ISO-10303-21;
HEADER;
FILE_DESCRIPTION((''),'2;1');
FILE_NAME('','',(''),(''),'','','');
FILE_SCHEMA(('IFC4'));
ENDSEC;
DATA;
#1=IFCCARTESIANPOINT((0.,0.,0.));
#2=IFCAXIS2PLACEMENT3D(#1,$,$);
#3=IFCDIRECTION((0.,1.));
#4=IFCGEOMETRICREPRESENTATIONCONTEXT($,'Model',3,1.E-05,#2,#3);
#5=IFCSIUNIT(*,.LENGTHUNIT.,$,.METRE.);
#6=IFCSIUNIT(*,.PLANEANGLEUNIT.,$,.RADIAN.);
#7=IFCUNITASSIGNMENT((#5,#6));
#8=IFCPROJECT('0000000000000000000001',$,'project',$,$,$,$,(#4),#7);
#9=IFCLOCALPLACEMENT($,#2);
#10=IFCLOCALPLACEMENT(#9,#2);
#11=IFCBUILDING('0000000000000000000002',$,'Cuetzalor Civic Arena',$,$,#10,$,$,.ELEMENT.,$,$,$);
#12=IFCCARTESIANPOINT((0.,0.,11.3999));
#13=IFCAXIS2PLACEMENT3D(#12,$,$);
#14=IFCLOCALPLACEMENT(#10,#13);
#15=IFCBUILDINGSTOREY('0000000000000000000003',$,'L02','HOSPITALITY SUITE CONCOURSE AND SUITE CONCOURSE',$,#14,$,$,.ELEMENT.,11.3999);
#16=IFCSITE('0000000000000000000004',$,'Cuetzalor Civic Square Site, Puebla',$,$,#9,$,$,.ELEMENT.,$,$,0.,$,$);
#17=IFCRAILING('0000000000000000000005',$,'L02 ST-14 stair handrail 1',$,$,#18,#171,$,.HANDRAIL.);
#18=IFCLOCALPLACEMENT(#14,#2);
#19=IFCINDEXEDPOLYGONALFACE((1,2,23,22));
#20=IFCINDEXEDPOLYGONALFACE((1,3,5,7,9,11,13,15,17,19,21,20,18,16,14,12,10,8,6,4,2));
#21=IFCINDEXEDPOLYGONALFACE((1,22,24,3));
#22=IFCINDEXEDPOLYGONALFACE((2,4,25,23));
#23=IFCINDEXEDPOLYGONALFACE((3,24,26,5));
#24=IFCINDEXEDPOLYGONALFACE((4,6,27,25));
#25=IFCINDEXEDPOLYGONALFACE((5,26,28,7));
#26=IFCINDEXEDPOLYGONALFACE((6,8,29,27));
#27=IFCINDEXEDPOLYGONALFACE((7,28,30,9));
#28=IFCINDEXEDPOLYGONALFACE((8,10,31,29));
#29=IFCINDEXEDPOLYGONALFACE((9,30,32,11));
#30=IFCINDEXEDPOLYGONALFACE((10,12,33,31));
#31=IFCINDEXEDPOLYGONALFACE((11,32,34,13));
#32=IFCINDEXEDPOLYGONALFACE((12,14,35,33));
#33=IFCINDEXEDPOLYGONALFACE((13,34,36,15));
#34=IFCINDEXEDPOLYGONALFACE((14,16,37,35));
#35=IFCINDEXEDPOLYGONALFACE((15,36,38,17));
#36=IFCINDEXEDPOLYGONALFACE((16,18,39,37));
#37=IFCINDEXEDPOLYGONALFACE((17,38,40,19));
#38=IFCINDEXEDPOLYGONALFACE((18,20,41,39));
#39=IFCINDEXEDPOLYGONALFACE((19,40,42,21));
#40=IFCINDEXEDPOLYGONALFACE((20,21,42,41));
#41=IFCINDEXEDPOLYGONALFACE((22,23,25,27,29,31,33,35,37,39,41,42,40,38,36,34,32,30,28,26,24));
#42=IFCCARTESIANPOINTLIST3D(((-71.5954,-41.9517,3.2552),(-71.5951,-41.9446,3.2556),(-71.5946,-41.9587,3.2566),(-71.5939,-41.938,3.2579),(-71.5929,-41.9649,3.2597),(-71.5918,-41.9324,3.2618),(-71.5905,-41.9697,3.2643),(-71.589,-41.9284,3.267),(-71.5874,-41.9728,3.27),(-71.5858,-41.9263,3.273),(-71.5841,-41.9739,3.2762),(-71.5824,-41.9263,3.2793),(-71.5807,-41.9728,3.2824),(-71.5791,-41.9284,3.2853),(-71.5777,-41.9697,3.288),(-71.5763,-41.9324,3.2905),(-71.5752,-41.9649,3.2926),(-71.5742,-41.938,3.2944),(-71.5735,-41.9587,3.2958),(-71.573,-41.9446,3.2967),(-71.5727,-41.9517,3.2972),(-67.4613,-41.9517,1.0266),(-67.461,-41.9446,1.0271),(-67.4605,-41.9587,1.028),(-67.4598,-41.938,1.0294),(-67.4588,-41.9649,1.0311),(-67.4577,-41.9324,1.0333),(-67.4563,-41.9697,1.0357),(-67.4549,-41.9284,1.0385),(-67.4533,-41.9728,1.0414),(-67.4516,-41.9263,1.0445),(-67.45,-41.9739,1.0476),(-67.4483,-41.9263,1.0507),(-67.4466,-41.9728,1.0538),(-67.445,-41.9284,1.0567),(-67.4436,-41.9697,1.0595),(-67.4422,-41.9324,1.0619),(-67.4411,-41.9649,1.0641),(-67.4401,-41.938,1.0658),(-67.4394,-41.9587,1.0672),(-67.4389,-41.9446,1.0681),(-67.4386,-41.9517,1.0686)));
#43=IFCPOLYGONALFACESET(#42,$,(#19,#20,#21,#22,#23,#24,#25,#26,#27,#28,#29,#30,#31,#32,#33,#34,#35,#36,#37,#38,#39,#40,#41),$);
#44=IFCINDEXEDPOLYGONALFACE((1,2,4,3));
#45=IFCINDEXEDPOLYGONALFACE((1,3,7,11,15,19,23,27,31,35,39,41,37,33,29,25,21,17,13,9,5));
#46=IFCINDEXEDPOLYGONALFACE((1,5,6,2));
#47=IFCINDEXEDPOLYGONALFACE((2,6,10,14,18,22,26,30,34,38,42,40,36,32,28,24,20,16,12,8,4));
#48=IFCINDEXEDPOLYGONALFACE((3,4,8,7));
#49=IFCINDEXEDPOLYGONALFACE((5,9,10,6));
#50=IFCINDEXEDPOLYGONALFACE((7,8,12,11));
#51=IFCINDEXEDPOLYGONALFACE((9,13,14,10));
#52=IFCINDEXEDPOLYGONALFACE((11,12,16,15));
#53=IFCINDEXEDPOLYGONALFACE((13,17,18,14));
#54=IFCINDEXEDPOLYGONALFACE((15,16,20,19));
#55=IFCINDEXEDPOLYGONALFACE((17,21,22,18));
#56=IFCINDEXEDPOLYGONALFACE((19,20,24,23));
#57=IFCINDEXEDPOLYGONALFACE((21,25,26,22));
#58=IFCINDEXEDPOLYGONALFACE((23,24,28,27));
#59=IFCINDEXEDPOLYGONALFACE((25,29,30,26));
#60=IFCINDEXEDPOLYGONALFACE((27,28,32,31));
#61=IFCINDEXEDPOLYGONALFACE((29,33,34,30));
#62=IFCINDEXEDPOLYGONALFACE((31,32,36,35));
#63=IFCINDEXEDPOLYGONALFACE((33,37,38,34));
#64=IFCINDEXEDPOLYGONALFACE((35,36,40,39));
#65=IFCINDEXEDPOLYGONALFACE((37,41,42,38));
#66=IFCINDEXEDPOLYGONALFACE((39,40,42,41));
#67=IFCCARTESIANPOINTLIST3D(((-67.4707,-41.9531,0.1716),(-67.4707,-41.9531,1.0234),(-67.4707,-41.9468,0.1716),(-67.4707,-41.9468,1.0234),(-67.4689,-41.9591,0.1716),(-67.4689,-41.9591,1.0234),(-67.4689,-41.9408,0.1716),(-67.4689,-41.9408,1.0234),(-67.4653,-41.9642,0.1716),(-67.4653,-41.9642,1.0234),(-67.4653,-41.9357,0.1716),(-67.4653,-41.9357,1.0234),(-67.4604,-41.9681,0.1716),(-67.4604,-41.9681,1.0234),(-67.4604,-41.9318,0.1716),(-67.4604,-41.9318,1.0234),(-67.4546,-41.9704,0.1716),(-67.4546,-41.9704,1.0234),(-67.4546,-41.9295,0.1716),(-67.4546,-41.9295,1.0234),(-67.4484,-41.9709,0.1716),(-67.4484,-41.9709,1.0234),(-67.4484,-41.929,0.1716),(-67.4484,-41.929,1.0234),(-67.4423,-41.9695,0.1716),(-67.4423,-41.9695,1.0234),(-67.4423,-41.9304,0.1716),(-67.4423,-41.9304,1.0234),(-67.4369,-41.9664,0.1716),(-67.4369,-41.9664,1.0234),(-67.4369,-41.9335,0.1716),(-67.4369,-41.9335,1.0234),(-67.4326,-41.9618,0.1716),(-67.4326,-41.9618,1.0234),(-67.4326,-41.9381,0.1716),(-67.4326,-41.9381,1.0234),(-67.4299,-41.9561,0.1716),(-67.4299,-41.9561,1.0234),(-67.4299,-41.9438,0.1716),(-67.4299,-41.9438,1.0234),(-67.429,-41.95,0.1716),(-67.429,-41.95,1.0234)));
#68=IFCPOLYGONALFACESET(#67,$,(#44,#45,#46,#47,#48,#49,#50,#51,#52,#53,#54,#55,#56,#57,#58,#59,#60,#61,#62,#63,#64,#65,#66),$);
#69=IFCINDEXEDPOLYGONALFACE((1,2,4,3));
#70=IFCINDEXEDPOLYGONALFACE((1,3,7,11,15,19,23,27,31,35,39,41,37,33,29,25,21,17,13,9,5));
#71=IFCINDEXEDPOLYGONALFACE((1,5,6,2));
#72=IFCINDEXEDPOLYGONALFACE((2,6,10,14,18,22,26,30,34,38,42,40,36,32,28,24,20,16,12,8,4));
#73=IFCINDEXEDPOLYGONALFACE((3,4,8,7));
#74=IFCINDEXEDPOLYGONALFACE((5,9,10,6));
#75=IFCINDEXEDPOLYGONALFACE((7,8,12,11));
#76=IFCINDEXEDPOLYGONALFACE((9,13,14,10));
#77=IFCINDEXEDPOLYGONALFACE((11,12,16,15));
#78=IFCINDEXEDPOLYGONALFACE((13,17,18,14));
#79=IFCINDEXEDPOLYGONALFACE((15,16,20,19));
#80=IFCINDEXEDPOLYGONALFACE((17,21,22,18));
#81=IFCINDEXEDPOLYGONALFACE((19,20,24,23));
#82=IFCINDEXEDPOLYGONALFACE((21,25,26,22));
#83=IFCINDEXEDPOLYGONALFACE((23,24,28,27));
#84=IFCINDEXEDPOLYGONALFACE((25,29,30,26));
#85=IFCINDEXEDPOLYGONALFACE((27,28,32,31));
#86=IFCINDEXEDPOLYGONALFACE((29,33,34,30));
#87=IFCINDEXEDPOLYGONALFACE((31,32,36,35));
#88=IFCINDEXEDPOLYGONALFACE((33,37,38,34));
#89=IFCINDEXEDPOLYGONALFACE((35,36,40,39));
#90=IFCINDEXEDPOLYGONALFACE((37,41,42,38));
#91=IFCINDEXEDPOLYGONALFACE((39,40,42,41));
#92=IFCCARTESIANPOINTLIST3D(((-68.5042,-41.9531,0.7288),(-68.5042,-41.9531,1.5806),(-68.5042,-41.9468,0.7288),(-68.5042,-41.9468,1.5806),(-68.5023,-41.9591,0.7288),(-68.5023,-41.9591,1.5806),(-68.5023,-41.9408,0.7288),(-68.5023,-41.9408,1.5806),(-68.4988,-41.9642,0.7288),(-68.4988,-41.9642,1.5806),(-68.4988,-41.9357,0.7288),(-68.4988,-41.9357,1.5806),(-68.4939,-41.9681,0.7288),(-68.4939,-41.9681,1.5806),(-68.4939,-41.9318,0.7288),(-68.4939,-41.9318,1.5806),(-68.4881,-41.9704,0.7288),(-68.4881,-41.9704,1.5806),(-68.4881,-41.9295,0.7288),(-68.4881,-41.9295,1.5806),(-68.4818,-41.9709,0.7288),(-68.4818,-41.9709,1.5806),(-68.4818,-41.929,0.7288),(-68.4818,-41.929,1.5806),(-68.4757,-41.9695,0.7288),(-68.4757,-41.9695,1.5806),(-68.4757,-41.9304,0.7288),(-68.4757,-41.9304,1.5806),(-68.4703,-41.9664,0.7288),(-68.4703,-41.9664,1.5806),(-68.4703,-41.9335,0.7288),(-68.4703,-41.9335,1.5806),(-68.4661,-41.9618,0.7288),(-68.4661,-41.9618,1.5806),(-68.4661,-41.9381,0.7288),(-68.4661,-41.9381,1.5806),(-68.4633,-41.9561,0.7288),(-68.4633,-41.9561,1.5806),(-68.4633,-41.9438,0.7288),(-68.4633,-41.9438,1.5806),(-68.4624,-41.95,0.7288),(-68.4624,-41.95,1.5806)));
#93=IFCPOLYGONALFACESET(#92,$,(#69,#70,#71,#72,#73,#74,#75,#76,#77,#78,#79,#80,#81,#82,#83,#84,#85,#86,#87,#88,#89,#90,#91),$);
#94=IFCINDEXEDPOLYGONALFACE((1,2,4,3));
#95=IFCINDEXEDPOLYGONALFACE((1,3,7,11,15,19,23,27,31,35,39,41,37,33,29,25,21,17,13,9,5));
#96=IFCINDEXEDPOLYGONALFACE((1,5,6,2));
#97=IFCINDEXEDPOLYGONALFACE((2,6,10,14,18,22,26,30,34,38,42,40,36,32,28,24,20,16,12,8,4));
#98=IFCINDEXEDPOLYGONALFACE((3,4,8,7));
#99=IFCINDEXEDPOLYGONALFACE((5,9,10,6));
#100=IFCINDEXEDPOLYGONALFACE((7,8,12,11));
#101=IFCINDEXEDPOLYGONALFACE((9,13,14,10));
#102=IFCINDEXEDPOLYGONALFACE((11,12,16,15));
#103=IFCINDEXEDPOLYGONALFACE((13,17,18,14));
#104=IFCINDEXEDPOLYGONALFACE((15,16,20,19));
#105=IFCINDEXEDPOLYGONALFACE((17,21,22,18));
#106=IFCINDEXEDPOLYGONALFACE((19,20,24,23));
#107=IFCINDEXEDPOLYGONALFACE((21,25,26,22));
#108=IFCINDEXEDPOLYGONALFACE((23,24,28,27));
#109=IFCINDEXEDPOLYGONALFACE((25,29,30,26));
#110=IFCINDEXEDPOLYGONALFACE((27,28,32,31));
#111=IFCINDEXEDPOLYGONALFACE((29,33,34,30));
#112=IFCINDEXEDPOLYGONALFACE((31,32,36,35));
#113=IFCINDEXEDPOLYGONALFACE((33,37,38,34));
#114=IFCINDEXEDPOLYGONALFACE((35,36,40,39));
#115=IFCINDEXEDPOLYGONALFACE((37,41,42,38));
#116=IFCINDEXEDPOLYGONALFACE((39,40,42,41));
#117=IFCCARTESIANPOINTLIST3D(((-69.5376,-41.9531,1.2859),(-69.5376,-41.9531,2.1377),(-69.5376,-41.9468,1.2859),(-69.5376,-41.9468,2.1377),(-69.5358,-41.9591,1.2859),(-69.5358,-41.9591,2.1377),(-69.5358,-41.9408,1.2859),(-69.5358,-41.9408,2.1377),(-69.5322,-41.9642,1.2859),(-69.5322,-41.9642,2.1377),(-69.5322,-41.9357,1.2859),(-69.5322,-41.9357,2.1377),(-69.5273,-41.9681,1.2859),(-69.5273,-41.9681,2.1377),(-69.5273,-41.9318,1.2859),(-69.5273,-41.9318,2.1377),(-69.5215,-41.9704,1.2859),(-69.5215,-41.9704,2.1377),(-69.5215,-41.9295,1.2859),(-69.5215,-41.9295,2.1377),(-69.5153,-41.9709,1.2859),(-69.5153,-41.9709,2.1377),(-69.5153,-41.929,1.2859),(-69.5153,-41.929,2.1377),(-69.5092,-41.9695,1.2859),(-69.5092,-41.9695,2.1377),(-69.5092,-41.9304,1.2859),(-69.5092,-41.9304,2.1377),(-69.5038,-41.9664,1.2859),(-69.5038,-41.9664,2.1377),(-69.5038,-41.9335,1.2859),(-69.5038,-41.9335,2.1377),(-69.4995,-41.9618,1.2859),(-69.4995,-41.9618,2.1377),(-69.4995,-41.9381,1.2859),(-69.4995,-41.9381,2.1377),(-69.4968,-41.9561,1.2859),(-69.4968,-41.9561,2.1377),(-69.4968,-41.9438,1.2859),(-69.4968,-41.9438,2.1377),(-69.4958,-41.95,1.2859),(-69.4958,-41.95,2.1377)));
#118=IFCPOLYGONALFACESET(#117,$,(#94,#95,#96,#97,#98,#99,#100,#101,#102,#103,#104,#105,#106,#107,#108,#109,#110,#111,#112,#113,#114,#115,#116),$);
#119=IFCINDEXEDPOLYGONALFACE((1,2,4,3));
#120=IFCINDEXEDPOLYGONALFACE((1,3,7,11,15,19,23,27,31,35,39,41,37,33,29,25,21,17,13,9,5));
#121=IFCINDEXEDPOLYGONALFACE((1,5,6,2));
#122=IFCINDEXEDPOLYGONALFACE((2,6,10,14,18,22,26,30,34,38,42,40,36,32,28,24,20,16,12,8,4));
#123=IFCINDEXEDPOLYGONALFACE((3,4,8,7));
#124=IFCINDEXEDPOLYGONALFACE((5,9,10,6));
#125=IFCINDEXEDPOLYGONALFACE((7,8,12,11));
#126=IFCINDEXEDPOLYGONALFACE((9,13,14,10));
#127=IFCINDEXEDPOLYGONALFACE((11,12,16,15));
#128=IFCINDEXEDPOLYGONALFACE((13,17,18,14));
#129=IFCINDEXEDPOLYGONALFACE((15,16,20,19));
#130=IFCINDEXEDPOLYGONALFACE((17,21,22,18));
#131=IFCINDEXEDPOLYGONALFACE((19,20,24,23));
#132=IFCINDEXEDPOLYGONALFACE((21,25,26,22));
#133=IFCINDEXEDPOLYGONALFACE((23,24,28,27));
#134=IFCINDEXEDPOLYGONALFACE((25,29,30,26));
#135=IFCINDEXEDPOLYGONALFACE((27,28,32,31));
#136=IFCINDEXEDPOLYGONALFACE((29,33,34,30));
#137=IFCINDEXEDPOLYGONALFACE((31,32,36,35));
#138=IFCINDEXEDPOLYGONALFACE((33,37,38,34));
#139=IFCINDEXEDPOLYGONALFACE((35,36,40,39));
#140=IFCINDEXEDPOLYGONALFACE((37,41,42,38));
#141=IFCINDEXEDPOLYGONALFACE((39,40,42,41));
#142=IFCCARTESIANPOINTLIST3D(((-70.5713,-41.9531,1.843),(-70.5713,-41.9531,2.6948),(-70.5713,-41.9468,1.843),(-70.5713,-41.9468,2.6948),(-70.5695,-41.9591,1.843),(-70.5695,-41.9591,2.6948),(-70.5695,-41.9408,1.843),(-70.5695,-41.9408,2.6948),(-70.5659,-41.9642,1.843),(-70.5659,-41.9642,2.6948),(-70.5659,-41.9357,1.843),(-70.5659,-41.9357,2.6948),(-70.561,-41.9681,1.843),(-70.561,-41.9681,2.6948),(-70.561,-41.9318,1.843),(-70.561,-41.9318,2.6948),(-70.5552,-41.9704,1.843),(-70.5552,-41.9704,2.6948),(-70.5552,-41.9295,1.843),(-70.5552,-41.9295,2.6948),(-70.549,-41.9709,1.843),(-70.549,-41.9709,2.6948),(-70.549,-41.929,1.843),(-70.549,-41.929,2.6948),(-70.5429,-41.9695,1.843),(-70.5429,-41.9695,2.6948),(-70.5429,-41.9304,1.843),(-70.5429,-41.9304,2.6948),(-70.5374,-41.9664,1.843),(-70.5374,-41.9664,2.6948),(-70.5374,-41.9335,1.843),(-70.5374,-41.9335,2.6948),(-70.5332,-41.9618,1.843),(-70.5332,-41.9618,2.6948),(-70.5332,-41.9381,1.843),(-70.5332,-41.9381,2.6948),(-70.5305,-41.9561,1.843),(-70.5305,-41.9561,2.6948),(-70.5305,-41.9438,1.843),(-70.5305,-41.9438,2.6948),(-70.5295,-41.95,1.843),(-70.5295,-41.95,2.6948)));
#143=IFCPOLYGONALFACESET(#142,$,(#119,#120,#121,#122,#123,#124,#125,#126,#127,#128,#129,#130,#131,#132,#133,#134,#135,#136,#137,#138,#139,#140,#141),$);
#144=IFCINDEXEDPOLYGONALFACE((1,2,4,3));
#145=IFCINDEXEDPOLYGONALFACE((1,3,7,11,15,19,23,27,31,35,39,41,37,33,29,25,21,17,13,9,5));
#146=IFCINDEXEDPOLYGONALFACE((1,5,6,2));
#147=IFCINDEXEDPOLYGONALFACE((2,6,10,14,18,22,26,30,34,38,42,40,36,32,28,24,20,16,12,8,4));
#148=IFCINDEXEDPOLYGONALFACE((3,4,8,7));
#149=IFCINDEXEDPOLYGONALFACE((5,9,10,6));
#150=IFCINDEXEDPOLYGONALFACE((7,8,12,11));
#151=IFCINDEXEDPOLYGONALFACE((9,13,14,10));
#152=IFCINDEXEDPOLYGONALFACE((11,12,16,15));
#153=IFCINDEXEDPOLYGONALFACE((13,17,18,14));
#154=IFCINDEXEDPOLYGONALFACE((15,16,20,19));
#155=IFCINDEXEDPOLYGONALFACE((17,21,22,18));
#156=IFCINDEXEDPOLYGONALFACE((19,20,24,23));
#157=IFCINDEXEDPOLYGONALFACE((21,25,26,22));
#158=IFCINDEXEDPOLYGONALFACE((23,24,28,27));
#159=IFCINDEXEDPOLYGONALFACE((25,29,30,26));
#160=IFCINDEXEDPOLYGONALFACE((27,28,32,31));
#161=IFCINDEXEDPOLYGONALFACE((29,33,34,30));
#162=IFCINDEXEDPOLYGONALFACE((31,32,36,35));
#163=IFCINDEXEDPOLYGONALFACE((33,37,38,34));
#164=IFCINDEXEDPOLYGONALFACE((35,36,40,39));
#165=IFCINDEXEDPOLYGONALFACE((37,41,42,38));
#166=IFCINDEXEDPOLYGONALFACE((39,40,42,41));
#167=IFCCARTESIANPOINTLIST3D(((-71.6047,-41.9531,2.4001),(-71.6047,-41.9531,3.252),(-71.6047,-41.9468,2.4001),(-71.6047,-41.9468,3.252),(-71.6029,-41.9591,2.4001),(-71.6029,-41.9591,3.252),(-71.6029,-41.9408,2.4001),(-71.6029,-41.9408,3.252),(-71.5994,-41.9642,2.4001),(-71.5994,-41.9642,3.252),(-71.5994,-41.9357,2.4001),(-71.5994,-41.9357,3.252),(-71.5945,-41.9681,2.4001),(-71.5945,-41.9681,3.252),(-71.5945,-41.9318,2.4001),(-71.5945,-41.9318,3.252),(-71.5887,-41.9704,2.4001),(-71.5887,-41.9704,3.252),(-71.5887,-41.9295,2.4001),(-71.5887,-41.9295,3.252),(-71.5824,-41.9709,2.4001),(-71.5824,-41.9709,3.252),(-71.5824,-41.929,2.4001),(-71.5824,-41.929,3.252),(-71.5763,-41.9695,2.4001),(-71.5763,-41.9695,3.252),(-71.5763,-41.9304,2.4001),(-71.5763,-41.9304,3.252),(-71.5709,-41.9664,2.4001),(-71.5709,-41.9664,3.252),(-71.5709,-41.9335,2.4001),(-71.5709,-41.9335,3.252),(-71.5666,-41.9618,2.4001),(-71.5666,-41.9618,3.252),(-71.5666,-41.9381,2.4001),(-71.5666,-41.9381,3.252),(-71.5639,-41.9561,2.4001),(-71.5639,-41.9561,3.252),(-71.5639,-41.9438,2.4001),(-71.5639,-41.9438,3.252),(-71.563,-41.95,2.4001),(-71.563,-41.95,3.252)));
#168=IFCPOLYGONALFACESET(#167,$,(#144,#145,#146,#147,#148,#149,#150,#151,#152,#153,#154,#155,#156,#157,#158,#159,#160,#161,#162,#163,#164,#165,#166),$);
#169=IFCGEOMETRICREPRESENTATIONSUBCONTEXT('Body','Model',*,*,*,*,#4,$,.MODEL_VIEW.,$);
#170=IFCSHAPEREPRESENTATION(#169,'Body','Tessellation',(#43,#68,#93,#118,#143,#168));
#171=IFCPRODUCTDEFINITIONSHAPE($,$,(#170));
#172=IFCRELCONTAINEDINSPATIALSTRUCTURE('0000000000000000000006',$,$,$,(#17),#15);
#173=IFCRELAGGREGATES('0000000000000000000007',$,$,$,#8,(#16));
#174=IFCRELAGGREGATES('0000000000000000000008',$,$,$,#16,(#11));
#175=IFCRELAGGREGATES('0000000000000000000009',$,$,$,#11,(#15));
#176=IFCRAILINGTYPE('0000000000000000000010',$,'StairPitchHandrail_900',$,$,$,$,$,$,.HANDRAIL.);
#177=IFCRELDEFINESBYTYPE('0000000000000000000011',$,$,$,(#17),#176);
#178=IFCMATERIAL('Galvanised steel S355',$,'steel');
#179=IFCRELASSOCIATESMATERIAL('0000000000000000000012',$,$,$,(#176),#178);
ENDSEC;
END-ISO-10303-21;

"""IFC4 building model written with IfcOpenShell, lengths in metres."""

from ifc_helpers import new_model, si_unit, direction, frame, origin, origin_2d, place, context, subcontext, project, spatial, circle, extrude, material, type_object, element, save


model = new_model("IFC4")

# Units and contexts
model_context = context("Model", 3, precision=1e-05, world=origin(), true_north=direction((0.0, 1.0)))
body_context = subcontext(model_context, "Body", "Model", "MODEL_VIEW")
ifc_project = project(units=[si_unit("LENGTHUNIT", "METRE"), si_unit("PLANEANGLEUNIT", "RADIAN")], contexts=[model_context])

# Site, building, storey
site_placement = place(None, origin())
site = spatial("IfcSite", under=ifc_project, at=site_placement, Name="Cuetzalor Civic Square Site, Puebla", CompositionType="ELEMENT", RefElevation=0.0)
building_placement = place(site_placement, origin())
building = spatial("IfcBuilding", under=site, at=building_placement, Name="Cuetzalor Civic Arena", CompositionType="ELEMENT")
storey_placement = place(building_placement, frame((0.0, 0.0, 11.3999)))
storey = spatial("IfcBuildingStorey", under=building, at=storey_placement, Name="L02", Description="HOSPITALITY SUITE CONCOURSE AND SUITE CONCOURSE", CompositionType="ELEMENT", Elevation=11.3999)

# Railing
ifc_material_1 = material(Name="Galvanised steel S355", Category="steel")
railing_type_1 = type_object("IfcRailingType", Name="StairPitchHandrail_900", PredefinedType="HANDRAIL", material=ifc_material_1)
railing_1_placement = place(storey_placement, frame((-67.45, -41.95, 0.1716)))
element("IfcRailing", 1, at=railing_1_placement, inside=storey, type_object=railing_type_1, Name="L02 ST-14 stair handrail 1", PredefinedType="HANDRAIL", context=body_context, shape_type="SweptSolid", body=[
    extrude(circle(Radius=0.0239, at=origin_2d()), frame((0.0, 0.0, 0.876), z_axis=(-0.880249, 0.0, 0.474512), x_axis=(0.0, -1.0, 0.0)), (0.0, 0.0, 1.0), 4.6965),
    extrude(circle(Radius=0.021, at=origin_2d()), origin(), (0.0, 0.0, 1.0), 0.8518),
    extrude(circle(Radius=0.021, at=origin_2d()), frame((-1.0334, 0.0, 0.5571)), (0.0, 0.0, 1.0), 0.8518),
    extrude(circle(Radius=0.021, at=origin_2d()), frame((-2.0669, 0.0, 1.1143)), (0.0, 0.0, 1.0), 0.8518),
    extrude(circle(Radius=0.021, at=origin_2d()), frame((-3.1006, 0.0, 1.6714)), (0.0, 0.0, 1.0), 0.8518),
    extrude(circle(Radius=0.021, at=origin_2d()), frame((-4.134, 0.0, 2.2285)), (0.0, 0.0, 1.0), 0.8518),
])

save(model, "model.ifc")
